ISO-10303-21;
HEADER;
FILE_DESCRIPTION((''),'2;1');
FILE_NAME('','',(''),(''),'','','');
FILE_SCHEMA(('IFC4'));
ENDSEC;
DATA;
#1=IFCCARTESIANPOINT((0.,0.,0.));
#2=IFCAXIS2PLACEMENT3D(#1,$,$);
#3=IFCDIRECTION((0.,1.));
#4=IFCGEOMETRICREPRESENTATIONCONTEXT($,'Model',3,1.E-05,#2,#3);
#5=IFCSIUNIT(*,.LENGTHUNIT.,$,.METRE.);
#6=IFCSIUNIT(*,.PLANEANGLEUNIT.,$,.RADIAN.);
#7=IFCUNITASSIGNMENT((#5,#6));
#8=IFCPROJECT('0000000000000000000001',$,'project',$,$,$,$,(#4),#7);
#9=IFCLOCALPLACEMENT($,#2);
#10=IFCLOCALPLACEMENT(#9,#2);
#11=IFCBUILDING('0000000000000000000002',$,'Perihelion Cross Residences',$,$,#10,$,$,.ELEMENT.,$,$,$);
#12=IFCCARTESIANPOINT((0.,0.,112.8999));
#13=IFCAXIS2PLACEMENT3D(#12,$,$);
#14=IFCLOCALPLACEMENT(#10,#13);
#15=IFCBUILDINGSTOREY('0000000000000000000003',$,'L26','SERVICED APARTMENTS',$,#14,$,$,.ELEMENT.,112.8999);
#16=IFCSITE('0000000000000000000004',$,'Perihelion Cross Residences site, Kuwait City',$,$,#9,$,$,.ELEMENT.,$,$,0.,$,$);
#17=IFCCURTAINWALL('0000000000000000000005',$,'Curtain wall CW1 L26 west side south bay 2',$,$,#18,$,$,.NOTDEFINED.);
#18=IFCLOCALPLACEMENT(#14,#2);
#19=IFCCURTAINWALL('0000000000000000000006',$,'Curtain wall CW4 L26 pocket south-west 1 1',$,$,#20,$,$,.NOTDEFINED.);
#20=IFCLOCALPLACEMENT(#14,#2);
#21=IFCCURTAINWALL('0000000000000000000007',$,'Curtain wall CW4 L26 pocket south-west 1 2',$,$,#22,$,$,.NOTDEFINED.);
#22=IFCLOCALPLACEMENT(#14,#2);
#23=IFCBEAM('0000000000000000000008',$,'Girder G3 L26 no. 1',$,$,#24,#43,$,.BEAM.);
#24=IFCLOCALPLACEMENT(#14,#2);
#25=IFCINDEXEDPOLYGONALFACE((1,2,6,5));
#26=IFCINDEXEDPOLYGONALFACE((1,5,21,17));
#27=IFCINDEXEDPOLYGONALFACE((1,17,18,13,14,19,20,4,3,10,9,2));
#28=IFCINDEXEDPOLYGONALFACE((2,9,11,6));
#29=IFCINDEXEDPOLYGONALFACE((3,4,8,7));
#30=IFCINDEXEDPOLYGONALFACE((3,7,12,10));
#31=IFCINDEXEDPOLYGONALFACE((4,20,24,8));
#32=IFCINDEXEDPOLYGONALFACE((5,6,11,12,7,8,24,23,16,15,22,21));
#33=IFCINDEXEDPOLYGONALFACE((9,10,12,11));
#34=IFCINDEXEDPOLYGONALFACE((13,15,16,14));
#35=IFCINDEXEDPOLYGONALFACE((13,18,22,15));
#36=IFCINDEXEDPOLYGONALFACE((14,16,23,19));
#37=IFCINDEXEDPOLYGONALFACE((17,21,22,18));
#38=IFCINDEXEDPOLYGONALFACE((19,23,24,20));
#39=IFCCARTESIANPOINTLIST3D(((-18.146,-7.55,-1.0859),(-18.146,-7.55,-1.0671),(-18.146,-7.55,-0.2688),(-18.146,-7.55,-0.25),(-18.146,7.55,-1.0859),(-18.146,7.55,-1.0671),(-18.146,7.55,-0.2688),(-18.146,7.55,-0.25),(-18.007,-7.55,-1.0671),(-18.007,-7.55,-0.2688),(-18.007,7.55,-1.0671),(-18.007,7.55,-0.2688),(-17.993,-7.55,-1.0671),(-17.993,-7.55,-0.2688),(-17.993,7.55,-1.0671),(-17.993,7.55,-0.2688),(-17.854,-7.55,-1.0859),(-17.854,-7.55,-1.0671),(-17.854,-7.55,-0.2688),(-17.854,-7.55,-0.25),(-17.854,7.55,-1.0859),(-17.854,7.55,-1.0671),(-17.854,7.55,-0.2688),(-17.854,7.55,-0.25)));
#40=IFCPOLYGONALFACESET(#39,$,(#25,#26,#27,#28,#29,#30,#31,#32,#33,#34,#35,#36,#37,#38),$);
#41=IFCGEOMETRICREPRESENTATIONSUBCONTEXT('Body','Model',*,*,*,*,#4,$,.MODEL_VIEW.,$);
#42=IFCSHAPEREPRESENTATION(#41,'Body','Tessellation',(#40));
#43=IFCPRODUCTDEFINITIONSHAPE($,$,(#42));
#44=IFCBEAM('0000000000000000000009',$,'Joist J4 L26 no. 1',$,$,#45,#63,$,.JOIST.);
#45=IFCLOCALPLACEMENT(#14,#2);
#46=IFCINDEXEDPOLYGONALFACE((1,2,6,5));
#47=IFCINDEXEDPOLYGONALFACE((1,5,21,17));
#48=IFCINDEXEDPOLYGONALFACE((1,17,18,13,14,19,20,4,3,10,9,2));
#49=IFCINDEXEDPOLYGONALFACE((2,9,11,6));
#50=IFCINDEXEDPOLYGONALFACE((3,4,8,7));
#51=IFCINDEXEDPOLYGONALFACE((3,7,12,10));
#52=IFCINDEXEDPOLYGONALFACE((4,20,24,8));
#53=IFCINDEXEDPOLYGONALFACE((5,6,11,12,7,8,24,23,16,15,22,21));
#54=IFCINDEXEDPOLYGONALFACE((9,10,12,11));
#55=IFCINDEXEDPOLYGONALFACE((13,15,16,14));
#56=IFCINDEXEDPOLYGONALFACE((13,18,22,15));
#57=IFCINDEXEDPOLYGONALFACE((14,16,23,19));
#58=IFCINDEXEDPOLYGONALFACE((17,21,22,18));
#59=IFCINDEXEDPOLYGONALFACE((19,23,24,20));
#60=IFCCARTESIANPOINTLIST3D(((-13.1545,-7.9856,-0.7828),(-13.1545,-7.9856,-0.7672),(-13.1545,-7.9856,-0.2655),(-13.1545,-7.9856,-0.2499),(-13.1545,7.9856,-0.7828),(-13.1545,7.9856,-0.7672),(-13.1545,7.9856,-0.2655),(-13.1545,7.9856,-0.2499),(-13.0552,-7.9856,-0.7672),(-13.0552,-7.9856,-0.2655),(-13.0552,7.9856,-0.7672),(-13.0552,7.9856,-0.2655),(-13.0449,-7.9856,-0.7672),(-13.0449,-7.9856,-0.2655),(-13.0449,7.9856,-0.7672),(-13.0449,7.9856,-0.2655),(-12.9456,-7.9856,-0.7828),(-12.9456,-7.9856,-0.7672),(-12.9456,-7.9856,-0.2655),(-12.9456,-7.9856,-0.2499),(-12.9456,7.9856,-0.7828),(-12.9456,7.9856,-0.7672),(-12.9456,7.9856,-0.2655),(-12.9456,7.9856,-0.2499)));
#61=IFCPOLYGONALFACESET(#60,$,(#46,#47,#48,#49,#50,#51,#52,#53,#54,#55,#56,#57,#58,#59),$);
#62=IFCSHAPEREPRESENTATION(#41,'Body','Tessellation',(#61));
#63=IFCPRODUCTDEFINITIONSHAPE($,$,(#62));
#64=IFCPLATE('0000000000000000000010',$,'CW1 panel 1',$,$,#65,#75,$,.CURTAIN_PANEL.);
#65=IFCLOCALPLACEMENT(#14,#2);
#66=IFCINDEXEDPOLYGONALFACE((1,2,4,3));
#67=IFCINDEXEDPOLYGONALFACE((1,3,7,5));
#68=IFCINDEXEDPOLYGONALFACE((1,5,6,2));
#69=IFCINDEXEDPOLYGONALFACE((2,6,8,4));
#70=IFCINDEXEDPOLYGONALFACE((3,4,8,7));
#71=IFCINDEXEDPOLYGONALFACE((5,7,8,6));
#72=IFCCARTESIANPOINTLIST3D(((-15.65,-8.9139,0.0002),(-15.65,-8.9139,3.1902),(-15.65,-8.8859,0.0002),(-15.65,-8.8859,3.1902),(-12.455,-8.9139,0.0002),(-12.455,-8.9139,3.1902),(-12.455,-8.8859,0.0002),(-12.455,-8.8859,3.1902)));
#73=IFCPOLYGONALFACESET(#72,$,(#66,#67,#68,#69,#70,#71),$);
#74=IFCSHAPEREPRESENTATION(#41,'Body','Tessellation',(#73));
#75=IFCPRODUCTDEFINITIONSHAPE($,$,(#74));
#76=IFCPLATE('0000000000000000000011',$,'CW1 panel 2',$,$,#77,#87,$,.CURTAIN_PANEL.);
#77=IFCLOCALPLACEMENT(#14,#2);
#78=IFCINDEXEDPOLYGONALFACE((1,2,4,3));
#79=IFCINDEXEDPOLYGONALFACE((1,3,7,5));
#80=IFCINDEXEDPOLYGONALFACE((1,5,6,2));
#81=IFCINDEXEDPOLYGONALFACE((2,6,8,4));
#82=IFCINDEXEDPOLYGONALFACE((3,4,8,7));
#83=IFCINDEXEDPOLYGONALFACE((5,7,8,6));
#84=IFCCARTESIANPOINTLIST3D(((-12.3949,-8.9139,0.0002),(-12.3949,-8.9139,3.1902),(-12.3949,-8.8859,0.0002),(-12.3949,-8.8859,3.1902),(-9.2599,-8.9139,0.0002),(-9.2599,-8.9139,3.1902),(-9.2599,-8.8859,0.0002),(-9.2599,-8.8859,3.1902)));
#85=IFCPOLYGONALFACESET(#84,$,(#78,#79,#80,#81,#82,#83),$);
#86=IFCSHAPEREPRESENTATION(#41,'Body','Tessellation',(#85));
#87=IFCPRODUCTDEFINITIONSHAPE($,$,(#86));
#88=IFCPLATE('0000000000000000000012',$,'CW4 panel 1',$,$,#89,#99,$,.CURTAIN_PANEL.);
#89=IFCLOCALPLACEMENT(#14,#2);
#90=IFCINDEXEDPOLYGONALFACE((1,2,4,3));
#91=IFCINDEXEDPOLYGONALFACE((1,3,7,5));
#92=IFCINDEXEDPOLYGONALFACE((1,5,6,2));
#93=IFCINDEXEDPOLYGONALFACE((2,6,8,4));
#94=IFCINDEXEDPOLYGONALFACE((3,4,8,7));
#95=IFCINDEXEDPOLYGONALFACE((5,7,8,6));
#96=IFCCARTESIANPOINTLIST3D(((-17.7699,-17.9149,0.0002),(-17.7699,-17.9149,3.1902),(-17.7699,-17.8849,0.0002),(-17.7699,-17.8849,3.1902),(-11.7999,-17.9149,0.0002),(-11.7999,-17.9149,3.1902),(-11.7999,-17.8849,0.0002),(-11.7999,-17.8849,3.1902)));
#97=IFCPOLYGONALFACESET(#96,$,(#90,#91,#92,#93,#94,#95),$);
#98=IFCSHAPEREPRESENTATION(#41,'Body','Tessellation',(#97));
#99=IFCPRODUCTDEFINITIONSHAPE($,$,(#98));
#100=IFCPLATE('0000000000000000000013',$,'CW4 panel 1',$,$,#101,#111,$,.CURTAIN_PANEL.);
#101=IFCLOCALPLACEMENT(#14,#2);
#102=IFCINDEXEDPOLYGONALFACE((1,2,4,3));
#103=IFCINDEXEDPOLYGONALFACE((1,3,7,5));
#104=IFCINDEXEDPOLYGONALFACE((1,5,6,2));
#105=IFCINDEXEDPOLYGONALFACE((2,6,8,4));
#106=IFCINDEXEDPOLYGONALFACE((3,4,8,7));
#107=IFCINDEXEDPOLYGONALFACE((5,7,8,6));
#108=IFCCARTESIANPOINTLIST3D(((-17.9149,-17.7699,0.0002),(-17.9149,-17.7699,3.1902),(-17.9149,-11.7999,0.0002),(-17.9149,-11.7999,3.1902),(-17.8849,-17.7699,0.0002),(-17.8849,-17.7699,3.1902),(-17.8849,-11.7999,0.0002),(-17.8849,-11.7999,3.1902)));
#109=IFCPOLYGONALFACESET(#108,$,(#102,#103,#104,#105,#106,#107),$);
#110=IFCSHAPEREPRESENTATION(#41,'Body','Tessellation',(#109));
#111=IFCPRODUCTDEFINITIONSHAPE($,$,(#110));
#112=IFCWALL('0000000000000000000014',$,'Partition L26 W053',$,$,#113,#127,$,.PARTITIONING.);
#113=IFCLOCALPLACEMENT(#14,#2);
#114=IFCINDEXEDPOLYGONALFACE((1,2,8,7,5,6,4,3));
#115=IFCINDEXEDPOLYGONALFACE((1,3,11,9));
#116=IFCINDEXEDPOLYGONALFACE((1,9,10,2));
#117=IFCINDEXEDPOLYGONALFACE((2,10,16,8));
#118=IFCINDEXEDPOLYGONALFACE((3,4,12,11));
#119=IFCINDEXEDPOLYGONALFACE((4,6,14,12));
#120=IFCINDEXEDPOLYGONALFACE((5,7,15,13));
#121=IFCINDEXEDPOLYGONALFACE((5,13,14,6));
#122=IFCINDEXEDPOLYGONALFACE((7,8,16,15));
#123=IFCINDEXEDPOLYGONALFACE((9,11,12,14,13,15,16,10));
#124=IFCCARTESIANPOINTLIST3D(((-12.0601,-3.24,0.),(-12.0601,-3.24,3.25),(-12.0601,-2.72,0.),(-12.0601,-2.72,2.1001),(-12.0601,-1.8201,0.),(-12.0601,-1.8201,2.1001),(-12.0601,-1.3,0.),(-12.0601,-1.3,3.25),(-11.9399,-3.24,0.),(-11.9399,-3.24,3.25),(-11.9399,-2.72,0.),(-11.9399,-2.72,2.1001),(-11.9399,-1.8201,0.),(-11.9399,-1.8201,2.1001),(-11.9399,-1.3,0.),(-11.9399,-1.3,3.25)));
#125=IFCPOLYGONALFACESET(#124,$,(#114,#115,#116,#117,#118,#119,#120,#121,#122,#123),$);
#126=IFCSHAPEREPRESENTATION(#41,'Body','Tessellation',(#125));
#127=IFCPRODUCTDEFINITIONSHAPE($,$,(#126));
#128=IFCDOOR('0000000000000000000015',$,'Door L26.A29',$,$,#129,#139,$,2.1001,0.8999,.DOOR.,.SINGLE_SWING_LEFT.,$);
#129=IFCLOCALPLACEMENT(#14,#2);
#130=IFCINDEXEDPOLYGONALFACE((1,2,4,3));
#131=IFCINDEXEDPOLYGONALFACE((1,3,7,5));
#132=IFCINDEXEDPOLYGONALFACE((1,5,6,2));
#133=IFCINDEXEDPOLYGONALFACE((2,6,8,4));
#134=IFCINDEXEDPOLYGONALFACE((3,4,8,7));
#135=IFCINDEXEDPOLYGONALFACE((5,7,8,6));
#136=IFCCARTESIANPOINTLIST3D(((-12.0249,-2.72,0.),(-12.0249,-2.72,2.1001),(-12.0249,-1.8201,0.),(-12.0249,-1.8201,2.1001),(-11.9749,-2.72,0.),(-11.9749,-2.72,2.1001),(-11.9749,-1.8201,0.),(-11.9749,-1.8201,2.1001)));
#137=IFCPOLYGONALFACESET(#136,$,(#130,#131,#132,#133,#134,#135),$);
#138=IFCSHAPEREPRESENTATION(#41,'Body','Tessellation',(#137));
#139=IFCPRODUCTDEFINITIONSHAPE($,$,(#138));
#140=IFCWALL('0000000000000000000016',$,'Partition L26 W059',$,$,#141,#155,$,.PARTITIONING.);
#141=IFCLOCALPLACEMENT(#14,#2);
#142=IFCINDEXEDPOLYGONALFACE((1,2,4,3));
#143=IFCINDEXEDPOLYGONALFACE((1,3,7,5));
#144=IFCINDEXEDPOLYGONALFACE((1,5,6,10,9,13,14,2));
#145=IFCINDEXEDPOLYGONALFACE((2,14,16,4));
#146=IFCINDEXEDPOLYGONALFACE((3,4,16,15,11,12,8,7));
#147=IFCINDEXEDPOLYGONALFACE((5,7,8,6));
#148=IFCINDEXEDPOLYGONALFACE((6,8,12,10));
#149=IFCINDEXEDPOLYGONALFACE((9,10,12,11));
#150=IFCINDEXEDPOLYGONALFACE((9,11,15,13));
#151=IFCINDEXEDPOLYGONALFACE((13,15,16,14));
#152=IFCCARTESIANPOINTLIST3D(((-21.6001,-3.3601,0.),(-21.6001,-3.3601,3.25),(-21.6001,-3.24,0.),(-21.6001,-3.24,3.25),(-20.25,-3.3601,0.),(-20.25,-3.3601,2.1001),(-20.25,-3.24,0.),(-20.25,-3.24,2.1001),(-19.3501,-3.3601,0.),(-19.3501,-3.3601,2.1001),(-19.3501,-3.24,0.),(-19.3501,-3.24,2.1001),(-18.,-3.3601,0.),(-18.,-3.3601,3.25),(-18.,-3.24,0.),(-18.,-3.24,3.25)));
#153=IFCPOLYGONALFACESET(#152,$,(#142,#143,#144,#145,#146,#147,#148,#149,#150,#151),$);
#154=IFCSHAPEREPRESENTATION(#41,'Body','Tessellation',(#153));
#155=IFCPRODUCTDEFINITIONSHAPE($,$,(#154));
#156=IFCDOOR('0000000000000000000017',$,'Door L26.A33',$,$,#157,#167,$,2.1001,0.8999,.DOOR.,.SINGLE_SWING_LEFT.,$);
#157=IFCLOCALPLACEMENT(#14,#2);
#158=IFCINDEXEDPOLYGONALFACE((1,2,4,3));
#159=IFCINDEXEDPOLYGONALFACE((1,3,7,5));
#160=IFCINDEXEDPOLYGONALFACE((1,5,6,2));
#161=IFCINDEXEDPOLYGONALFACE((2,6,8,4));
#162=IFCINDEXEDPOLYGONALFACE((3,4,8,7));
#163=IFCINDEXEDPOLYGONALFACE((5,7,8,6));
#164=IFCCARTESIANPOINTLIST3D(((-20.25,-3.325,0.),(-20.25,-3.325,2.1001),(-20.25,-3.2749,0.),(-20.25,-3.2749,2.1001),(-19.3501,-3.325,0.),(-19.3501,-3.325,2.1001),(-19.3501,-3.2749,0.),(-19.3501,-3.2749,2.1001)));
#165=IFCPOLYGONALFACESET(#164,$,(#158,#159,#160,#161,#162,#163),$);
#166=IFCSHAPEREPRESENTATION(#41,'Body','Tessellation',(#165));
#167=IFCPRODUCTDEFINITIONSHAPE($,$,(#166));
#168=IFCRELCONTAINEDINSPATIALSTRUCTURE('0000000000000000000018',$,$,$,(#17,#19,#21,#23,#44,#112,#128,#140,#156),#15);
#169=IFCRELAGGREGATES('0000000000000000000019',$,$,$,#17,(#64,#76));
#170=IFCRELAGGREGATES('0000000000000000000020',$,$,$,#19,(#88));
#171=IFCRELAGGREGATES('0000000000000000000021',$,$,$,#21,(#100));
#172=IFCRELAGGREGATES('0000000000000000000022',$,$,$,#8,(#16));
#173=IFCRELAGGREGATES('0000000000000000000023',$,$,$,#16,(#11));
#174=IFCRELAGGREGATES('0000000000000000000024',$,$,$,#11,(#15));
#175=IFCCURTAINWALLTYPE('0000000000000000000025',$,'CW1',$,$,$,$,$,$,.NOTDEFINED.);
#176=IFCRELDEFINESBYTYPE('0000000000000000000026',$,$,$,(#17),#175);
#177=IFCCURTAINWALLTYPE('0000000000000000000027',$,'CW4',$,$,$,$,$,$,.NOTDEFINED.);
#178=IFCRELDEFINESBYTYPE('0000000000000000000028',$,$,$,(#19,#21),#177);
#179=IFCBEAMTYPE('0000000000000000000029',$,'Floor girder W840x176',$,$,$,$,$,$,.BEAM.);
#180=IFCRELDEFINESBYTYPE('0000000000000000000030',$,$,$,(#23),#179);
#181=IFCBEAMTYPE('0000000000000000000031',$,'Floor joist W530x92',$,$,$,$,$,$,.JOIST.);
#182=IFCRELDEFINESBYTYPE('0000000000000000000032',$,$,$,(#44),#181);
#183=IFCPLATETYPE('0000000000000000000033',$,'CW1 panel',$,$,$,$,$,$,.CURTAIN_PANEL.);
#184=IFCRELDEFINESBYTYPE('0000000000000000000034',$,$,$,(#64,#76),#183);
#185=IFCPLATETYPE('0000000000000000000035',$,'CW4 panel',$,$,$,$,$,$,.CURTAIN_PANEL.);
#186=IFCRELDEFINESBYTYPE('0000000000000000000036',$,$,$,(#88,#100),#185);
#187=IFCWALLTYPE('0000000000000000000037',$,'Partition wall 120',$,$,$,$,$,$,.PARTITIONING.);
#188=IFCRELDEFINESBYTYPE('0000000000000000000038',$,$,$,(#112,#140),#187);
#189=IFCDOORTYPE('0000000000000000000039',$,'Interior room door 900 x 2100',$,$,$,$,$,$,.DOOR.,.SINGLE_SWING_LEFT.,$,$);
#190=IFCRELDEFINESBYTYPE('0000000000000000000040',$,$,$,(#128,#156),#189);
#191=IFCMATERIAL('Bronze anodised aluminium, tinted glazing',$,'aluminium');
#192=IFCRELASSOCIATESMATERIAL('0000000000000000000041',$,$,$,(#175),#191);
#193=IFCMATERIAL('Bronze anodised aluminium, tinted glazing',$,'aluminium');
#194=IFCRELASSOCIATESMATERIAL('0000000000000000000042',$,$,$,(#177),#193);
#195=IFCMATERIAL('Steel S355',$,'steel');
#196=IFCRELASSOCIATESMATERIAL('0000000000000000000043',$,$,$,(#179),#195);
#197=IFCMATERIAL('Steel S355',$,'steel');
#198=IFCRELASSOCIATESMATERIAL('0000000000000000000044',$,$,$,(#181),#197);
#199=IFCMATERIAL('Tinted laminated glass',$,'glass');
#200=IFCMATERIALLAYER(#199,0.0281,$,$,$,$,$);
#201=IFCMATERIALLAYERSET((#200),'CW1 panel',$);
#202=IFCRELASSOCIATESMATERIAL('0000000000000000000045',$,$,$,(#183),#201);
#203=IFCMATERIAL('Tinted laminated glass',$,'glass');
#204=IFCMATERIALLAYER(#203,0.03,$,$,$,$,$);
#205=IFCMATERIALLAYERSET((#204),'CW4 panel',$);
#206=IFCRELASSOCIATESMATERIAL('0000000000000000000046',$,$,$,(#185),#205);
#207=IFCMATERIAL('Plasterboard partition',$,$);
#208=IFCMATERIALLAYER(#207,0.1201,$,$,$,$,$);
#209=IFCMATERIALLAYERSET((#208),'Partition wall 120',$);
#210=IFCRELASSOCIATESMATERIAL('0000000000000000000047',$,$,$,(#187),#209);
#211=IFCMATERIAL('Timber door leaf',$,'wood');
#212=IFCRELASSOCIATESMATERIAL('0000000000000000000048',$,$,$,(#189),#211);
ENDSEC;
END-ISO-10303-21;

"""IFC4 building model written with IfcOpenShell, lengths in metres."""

from ifc_helpers import new_model, si_unit, direction, frame, frame_2d, origin, origin_2d, place, context, subcontext, project, spatial, rectangle, i_section, extrude, material, layer, layer_set, material_profile, profile_set, type_object, element, fill, aggregate, save


model = new_model("IFC4")

# Units and contexts
model_context = context("Model", 3, precision=1e-05, world=origin(), true_north=direction((0.0, 1.0)))
body_context = subcontext(model_context, "Body", "Model", "MODEL_VIEW")
ifc_project = project(units=[si_unit("LENGTHUNIT", "METRE"), si_unit("PLANEANGLEUNIT", "RADIAN")], contexts=[model_context])

# Site, building, storey
site_placement = place(None, origin())
site = spatial("IfcSite", under=ifc_project, at=site_placement, Name="Perihelion Cross Residences site, Kuwait City", CompositionType="ELEMENT", RefElevation=0.0)
building_placement = place(site_placement, origin())
building = spatial("IfcBuilding", under=site, at=building_placement, Name="Perihelion Cross Residences", CompositionType="ELEMENT")
storey_placement = place(building_placement, frame((0.0, 0.0, 112.8999)))
storey = spatial("IfcBuildingStorey", under=building, at=storey_placement, Name="L26", Description="SERVICED APARTMENTS", CompositionType="ELEMENT", Elevation=112.8999)

# Curtain walls
ifc_material_1 = material(Name="Bronze anodised aluminium, tinted glazing", Category="aluminium")
curtain_wall_type_1 = type_object("IfcCurtainWallType", Name="CW1", PredefinedType="NOTDEFINED", material=ifc_material_1)
curtain_wall_1_placement = place(storey_placement, origin())
curtain_wall_1 = element("IfcCurtainWall", 1, at=curtain_wall_1_placement, inside=storey, type_object=curtain_wall_type_1, Name="Curtain wall CW1 L26 west side south bay 2", PredefinedType="NOTDEFINED")
ifc_material_2 = material(Name="Bronze anodised aluminium, tinted glazing", Category="aluminium")
curtain_wall_type_2 = type_object("IfcCurtainWallType", Name="CW4", PredefinedType="NOTDEFINED", material=ifc_material_2)
curtain_wall_2_placement = place(storey_placement, origin())
curtain_wall_2 = element("IfcCurtainWall", 2, at=curtain_wall_2_placement, inside=storey, type_object=curtain_wall_type_2, Name="Curtain wall CW4 L26 pocket south-west 1 1", PredefinedType="NOTDEFINED")
curtain_wall_3_placement = place(storey_placement, origin())
curtain_wall_3 = element("IfcCurtainWall", 3, at=curtain_wall_3_placement, inside=storey, type_object=curtain_wall_type_2, Name="Curtain wall CW4 L26 pocket south-west 1 2", PredefinedType="NOTDEFINED")

# Beams
ifc_material_3 = material(Name="Steel S355", Category="steel")
ifc_material_profile_1 = material_profile(ifc_material_3, i_section(OverallWidth=0.292, OverallDepth=0.8359, WebThickness=0.0139, FlangeThickness=0.0188, at=origin_2d()), Name="W840x176")
ifc_profile_set_1 = profile_set([ifc_material_profile_1], Name="Steel S355")
beam_type_1 = type_object("IfcBeamType", Name="Floor girder W840x176", PredefinedType="BEAM", material=ifc_profile_set_1)
beam_1_placement = place(storey_placement, frame((-18.0, -7.55, -0.668), z_axis=(0.0, 1.0, 0.0), x_axis=(-1.0, 0.0, 0.0)))
element("IfcBeam", 4, at=beam_1_placement, inside=storey, type_object=beam_type_1, Name="Girder G3 L26 no. 1", PredefinedType="BEAM", context=body_context, shape_type="SweptSolid", body=[
    extrude(i_section(OverallWidth=0.292, OverallDepth=0.8359, WebThickness=0.0139, FlangeThickness=0.0188, at=origin_2d()), origin(), (0.0, 0.0, 1.0), 15.1001),
])
ifc_material_4 = material(Name="Steel S355", Category="steel")
ifc_material_profile_2 = material_profile(ifc_material_4, i_section(OverallWidth=0.209, OverallDepth=0.533, WebThickness=0.0103, FlangeThickness=0.0156, at=origin_2d()), Name="W530x92")
ifc_profile_set_2 = profile_set([ifc_material_profile_2], Name="Steel S355")
beam_type_2 = type_object("IfcBeamType", Name="Floor joist W530x92", PredefinedType="JOIST", material=ifc_profile_set_2)
beam_2_placement = place(storey_placement, frame((-13.05, -7.9856, -0.5164), z_axis=(0.0, 1.0, 0.0), x_axis=(-1.0, 0.0, 0.0)))
element("IfcBeam", 5, at=beam_2_placement, inside=storey, type_object=beam_type_2, Name="Joist J4 L26 no. 1", PredefinedType="JOIST", context=body_context, shape_type="SweptSolid", body=[
    extrude(i_section(OverallWidth=0.209, OverallDepth=0.533, WebThickness=0.0103, FlangeThickness=0.0156, at=origin_2d()), origin(), (0.0, 0.0, 1.0), 15.9712),
])

# Plates
ifc_material_5 = material(Name="Tinted laminated glass", Category="glass")
ifc_layer_1 = layer(ifc_material_5, 0.0281)
ifc_layer_set_1 = layer_set([ifc_layer_1], Name="CW1 panel")
plate_type_1 = type_object("IfcPlateType", Name="CW1 panel", PredefinedType="CURTAIN_PANEL", material=ifc_layer_set_1)
plate_1_placement = place(storey_placement, frame((-14.0525, -8.8999, 0.0002), z_axis=(0.0, 0.0, 1.0), x_axis=(1.0, 0.0, 0.0)))
plate_1 = element("IfcPlate", 6, at=plate_1_placement, type_object=plate_type_1, Name="CW1 panel 1", PredefinedType="CURTAIN_PANEL", context=body_context, shape_type="SweptSolid", body=[
    extrude(rectangle(XDim=3.1951, YDim=0.0281, at=origin_2d()), origin(), (0.0, 0.0, 1.0), 3.1899),
])
plate_2_placement = place(storey_placement, frame((-10.8274, -8.8999, 0.0002), z_axis=(0.0, 0.0, 1.0), x_axis=(1.0, 0.0, 0.0)))
plate_2 = element("IfcPlate", 7, at=plate_2_placement, type_object=plate_type_1, Name="CW1 panel 2", PredefinedType="CURTAIN_PANEL", context=body_context, shape_type="SweptSolid", body=[
    extrude(rectangle(XDim=3.135, YDim=0.0281, at=origin_2d()), origin(), (0.0, 0.0, 1.0), 3.1899),
])
aggregate(curtain_wall_1, [plate_1, plate_2])
ifc_material_6 = material(Name="Tinted laminated glass", Category="glass")
ifc_layer_2 = layer(ifc_material_6, 0.03)
ifc_layer_set_2 = layer_set([ifc_layer_2], Name="CW4 panel")
plate_type_2 = type_object("IfcPlateType", Name="CW4 panel", PredefinedType="CURTAIN_PANEL", material=ifc_layer_set_2)
plate_3_placement = place(storey_placement, frame((-14.7849, -17.8999, 0.0002), z_axis=(0.0, 0.0, 1.0), x_axis=(-1.0, 0.0, 0.0)))
plate_3 = element("IfcPlate", 8, at=plate_3_placement, type_object=plate_type_2, Name="CW4 panel 1", PredefinedType="CURTAIN_PANEL", context=body_context, shape_type="SweptSolid", body=[
    extrude(rectangle(XDim=5.97, YDim=0.03, at=origin_2d()), origin(), (0.0, 0.0, 1.0), 3.1899),
])
aggregate(curtain_wall_2, [plate_3])
plate_4_placement = place(storey_placement, frame((-17.8999, -14.7849, 0.0002), z_axis=(0.0, 0.0, 1.0), x_axis=(0.0, 1.0, 0.0)))
plate_4 = element("IfcPlate", 9, at=plate_4_placement, type_object=plate_type_2, Name="CW4 panel 1", PredefinedType="CURTAIN_PANEL", context=body_context, shape_type="SweptSolid", body=[
    extrude(rectangle(XDim=5.97, YDim=0.03, at=origin_2d()), origin(), (0.0, 0.0, 1.0), 3.1899),
])
aggregate(curtain_wall_3, [plate_4])

# Walls, openings, doors
ifc_material_7 = material(Name="Plasterboard partition")
ifc_layer_3 = layer(ifc_material_7, 0.1201)
ifc_layer_set_3 = layer_set([ifc_layer_3], Name="Partition wall 120")
wall_type_1 = type_object("IfcWallType", Name="Partition wall 120", PredefinedType="PARTITIONING", material=ifc_layer_set_3)
wall_1_placement = place(storey_placement, frame((-12.0, -3.24, 0.0), z_axis=(0.0, 0.0, 1.0), x_axis=(0.0, 1.0, 0.0)))
wall_1 = element("IfcWall", 10, at=wall_1_placement, inside=storey, type_object=wall_type_1, Name="Partition L26 W053", PredefinedType="PARTITIONING", context=body_context, shape_type="SweptSolid", body=[
    extrude(rectangle(XDim=1.9399, YDim=0.1201, at=frame_2d((0.97, 0.0))), origin(), (0.0, 0.0, 1.0), 3.25),
])
opening_1_placement = place(wall_1_placement, frame((0.52, 0.0, 0.0)))
opening_1 = element("IfcOpeningElement", 11, at=opening_1_placement, cuts=wall_1, PredefinedType="OPENING", context=body_context, shape_type="SweptSolid", body=[
    extrude(rectangle(XDim=0.8999, YDim=2.1001, at=frame_2d((0.45, 1.05))), frame((0.0, 0.0701, 0.0), z_axis=(0.0, -1.0, 0.0), x_axis=(1.0, 0.0, 0.0)), (0.0, 0.0, 1.0), 0.1401),
])
ifc_material_8 = material(Name="Timber door leaf", Category="wood")
door_type_1 = type_object("IfcDoorType", Name="Interior room door 900 x 2100", OperationType="SINGLE_SWING_LEFT", PredefinedType="DOOR", material=ifc_material_8)
door_1_placement = place(opening_1_placement, origin())
door_1 = element("IfcDoor", 12, at=door_1_placement, inside=storey, type_object=door_type_1, Name="Door L26.A29", OperationType="SINGLE_SWING_LEFT", OverallHeight=2.1001, OverallWidth=0.8999, PredefinedType="DOOR", context=body_context, shape_type="SweptSolid", body=[
    extrude(rectangle(XDim=0.8999, YDim=2.1001, at=frame_2d((0.45, 1.05))), frame((0.0, 0.0249, 0.0), z_axis=(0.0, -1.0, 0.0), x_axis=(1.0, 0.0, 0.0)), (0.0, 0.0, 1.0), 0.05),
])
fill(opening_1, door_1)
wall_2_placement = place(storey_placement, frame((-18.0, -3.3, 0.0), z_axis=(0.0, 0.0, 1.0), x_axis=(-1.0, 0.0, 0.0)))
wall_2 = element("IfcWall", 13, at=wall_2_placement, inside=storey, type_object=wall_type_1, Name="Partition L26 W059", PredefinedType="PARTITIONING", context=body_context, shape_type="SweptSolid", body=[
    extrude(rectangle(XDim=3.6001, YDim=0.1201, at=frame_2d((1.8, 0.0))), origin(), (0.0, 0.0, 1.0), 3.25),
])
opening_2_placement = place(wall_2_placement, frame((1.3501, 0.0, 0.0)))
opening_2 = element("IfcOpeningElement", 14, at=opening_2_placement, cuts=wall_2, PredefinedType="OPENING", context=body_context, shape_type="SweptSolid", body=[
    extrude(rectangle(XDim=0.8999, YDim=2.1001, at=frame_2d((0.45, 1.05))), frame((0.0, 0.0701, 0.0), z_axis=(0.0, -1.0, 0.0), x_axis=(1.0, 0.0, 0.0)), (0.0, 0.0, 1.0), 0.1401),
])
door_2_placement = place(opening_2_placement, origin())
door_2 = element("IfcDoor", 15, at=door_2_placement, inside=storey, type_object=door_type_1, Name="Door L26.A33", OperationType="SINGLE_SWING_LEFT", OverallHeight=2.1001, OverallWidth=0.8999, PredefinedType="DOOR", context=body_context, shape_type="SweptSolid", body=[
    extrude(rectangle(XDim=0.8999, YDim=2.1001, at=frame_2d((0.45, 1.05))), frame((0.0, 0.0249, 0.0), z_axis=(0.0, -1.0, 0.0), x_axis=(1.0, 0.0, 0.0)), (0.0, 0.0, 1.0), 0.05),
])
fill(opening_2, door_2)

save(model, "model.ifc")
